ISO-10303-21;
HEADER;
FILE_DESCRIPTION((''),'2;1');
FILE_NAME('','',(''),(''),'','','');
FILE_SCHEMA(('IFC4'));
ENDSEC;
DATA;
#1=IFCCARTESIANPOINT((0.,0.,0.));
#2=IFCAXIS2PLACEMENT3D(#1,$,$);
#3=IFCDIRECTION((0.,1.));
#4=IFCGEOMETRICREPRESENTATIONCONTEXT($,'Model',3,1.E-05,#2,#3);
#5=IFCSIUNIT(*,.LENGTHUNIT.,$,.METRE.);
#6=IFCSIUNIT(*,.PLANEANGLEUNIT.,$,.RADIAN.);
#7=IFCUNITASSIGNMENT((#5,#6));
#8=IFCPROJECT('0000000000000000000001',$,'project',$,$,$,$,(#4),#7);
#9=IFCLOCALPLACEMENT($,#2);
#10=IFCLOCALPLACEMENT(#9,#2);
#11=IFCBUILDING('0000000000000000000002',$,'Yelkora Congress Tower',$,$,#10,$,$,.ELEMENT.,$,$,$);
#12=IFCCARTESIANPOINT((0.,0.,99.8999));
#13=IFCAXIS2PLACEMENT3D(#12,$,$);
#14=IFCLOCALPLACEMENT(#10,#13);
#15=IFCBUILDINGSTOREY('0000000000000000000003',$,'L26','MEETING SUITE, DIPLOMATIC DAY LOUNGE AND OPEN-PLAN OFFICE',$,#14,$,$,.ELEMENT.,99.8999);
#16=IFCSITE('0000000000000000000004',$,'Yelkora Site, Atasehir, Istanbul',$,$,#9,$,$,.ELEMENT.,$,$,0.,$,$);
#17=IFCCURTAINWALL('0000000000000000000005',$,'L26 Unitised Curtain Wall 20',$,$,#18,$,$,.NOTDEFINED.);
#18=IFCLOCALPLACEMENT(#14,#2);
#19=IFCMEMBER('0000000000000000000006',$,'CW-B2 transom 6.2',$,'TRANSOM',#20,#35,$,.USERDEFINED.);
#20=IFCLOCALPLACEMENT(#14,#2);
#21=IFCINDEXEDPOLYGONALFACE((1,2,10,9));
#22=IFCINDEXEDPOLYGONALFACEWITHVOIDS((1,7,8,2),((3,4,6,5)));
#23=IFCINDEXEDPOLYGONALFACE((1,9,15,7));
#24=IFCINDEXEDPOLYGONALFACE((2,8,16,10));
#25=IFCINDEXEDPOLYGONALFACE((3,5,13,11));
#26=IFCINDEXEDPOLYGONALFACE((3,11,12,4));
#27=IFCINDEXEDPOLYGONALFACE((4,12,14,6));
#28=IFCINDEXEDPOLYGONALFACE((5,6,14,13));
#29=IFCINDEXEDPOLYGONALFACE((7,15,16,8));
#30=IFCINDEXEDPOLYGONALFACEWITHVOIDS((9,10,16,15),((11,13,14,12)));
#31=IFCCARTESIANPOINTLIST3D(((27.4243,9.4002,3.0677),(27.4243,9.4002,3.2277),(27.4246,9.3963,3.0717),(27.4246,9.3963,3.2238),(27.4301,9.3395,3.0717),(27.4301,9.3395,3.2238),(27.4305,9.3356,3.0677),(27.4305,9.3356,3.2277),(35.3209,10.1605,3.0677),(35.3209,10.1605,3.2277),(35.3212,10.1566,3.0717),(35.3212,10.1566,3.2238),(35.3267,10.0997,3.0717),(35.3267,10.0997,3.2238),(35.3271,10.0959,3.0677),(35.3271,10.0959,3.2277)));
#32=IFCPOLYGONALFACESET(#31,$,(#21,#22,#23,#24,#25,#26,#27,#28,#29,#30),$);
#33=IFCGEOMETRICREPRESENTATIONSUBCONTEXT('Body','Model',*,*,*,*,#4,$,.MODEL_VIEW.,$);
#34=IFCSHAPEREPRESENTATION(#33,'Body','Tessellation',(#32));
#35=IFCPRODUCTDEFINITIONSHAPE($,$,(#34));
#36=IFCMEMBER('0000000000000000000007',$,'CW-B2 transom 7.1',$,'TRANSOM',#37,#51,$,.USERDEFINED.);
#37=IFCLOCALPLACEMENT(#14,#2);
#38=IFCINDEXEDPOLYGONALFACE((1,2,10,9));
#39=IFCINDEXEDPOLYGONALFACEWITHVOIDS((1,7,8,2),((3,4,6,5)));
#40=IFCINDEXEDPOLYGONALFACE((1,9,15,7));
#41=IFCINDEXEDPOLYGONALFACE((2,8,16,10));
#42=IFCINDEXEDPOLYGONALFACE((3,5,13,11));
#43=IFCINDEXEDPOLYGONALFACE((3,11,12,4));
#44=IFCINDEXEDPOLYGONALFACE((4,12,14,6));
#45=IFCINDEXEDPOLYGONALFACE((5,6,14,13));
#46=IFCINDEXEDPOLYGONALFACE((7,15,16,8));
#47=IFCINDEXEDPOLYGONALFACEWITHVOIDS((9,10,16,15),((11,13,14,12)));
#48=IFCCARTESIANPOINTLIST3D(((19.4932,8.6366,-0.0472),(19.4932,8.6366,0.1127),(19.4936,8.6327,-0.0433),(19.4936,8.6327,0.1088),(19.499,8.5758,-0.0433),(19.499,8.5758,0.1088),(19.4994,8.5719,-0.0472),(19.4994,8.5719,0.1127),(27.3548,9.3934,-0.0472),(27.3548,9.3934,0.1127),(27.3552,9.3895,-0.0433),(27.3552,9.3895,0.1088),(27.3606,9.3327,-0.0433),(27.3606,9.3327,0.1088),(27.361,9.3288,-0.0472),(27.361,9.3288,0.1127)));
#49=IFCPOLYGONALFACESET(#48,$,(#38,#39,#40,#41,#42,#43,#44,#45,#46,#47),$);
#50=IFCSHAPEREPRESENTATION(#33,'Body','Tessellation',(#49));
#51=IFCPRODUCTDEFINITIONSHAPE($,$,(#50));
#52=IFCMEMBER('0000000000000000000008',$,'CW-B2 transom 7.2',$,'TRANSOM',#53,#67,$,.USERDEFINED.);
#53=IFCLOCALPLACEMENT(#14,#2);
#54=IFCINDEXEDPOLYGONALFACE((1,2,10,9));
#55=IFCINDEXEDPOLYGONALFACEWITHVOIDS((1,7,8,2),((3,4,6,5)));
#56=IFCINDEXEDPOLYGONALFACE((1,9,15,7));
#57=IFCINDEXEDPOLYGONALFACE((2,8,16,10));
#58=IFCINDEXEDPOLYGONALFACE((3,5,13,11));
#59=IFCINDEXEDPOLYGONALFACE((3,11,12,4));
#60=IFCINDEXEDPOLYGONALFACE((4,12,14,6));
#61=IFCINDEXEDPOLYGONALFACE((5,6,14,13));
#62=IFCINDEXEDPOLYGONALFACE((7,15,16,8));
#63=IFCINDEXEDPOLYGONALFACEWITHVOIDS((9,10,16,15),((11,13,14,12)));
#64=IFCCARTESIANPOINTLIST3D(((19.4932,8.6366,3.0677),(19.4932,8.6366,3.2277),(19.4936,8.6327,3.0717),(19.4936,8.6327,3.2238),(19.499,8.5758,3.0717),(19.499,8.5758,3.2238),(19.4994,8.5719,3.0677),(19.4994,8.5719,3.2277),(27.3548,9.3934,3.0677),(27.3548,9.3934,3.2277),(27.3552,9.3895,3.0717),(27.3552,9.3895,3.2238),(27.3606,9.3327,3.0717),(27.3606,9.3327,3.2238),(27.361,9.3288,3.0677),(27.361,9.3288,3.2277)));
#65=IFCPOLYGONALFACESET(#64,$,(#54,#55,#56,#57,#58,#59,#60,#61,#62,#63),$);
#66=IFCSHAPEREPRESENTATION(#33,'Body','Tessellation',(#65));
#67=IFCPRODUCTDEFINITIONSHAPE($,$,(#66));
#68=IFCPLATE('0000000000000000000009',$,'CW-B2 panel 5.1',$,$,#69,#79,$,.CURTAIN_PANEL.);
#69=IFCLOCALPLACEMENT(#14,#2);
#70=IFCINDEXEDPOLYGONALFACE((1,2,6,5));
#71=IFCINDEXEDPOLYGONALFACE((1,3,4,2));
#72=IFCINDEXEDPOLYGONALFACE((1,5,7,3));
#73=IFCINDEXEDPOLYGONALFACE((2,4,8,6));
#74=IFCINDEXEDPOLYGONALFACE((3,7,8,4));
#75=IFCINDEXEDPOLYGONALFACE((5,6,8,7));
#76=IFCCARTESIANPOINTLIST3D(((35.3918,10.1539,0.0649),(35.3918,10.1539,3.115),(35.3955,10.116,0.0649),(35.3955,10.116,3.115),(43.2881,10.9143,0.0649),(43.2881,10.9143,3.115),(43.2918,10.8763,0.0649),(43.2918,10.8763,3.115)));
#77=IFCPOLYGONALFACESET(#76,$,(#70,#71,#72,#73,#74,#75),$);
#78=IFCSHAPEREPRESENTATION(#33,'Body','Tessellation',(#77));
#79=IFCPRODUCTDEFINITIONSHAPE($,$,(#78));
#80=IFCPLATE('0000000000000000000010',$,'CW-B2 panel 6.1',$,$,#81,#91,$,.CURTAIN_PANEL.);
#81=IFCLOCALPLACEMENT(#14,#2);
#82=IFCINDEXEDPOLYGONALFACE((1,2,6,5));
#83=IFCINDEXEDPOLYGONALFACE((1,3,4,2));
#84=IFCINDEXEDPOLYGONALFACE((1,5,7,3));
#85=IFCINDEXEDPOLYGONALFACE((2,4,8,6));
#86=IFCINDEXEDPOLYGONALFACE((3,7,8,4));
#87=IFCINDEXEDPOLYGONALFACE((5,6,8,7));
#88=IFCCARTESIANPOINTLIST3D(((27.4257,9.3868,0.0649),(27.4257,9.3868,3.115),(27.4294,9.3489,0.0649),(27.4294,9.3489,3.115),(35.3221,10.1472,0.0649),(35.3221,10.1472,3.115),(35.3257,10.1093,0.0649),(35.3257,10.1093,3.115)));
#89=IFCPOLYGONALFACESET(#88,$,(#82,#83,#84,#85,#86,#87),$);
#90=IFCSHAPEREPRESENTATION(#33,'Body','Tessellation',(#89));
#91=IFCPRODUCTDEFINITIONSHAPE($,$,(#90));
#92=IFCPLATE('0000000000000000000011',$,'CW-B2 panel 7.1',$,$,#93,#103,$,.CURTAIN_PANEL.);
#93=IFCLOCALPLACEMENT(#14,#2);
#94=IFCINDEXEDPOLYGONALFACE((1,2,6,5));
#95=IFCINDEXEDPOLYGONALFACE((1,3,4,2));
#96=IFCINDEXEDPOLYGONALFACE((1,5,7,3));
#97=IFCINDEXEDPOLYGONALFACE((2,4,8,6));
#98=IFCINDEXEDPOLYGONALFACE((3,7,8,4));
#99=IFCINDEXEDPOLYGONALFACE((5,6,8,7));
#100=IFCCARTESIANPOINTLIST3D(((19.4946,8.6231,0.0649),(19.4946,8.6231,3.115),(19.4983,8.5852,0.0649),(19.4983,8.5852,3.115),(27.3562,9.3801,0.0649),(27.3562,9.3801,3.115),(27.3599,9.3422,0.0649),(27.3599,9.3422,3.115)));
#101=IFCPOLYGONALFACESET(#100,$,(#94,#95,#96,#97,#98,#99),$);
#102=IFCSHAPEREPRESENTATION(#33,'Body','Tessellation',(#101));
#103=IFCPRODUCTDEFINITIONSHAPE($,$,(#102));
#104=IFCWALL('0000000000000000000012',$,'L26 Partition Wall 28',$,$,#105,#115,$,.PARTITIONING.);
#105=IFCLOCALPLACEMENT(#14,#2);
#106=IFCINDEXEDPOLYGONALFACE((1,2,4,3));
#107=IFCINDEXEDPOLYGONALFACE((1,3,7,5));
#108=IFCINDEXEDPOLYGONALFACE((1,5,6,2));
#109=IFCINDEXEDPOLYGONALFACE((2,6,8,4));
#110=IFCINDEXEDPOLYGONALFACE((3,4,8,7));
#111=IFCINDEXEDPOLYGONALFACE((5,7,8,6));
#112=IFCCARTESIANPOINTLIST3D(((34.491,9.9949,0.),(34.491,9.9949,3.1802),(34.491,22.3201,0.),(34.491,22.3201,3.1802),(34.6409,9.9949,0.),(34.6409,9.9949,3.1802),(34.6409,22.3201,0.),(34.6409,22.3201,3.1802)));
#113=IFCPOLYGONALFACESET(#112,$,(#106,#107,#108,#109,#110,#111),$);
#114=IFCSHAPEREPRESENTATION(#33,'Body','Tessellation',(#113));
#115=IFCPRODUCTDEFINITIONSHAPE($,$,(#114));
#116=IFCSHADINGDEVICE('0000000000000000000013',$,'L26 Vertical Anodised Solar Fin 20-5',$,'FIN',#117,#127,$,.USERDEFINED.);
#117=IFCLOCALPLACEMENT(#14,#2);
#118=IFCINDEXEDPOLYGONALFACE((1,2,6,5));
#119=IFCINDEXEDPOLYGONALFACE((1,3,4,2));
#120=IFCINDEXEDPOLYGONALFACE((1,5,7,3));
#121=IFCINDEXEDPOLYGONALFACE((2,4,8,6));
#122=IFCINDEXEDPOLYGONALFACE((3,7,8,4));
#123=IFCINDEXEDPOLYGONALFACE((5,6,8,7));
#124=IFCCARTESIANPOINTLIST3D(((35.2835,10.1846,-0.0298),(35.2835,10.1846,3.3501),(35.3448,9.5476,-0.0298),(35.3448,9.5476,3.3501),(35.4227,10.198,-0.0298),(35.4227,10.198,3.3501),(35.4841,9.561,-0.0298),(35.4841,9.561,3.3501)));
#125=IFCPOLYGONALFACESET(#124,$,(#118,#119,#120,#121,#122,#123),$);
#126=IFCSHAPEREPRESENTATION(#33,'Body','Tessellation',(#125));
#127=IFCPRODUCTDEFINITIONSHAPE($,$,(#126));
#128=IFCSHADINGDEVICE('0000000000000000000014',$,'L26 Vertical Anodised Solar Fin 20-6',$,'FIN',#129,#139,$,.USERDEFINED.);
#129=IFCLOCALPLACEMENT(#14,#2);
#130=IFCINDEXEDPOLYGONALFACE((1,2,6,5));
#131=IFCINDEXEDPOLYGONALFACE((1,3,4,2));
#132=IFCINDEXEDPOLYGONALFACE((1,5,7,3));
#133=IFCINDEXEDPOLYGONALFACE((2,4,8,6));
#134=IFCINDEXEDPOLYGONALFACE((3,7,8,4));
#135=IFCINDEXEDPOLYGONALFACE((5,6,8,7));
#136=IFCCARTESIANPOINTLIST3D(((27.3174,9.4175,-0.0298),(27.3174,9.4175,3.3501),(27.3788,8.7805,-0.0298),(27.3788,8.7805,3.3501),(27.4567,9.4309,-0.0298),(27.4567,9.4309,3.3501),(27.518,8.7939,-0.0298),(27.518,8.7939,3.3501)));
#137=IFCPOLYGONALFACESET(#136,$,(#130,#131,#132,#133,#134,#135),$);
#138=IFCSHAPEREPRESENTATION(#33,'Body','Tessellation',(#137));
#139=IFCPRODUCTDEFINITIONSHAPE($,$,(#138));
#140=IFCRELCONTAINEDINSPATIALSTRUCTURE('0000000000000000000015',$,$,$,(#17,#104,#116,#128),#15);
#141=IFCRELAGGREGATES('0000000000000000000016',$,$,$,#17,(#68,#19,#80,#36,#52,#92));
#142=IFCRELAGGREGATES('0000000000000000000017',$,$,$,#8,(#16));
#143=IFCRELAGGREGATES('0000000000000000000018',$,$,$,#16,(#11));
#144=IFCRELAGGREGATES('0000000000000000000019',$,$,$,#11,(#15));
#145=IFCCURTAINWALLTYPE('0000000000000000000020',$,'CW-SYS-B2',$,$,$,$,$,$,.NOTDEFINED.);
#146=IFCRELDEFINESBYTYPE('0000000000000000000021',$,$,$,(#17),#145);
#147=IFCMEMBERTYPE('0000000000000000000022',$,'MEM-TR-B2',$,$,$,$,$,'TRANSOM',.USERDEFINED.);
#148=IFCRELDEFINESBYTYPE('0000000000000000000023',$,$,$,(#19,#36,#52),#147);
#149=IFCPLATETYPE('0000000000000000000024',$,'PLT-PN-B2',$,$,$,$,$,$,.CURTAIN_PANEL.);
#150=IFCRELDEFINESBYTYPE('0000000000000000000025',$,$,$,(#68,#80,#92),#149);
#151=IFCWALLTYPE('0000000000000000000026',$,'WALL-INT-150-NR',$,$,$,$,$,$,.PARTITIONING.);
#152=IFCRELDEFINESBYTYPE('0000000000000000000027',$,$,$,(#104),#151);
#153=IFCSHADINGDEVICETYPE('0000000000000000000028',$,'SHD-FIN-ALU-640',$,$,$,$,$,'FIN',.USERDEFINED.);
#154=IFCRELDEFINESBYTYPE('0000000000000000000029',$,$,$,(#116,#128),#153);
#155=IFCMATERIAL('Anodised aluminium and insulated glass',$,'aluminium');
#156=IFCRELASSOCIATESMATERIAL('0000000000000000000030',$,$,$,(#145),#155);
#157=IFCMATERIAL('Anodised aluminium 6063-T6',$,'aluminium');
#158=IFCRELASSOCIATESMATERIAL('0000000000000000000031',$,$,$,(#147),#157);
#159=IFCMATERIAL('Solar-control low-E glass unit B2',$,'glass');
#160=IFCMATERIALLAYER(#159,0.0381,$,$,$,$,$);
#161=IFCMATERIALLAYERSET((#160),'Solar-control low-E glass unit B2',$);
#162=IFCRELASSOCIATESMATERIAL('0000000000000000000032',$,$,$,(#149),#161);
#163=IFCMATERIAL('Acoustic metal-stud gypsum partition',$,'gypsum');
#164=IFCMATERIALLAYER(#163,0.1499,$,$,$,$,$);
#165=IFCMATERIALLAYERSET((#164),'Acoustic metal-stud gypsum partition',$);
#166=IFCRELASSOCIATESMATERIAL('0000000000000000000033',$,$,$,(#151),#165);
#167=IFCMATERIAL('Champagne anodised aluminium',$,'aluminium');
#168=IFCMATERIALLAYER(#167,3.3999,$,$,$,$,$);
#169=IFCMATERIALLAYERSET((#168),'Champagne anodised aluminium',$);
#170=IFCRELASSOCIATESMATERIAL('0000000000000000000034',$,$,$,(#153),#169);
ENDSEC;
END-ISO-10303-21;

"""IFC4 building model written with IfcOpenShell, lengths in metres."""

from ifc_helpers import new_model, si_unit, direction, frame, frame_2d, origin, origin_2d, place, context, subcontext, project, spatial, rectangle, hollow_rectangle, extrude, material, layer, layer_set, material_profile, profile_set, type_object, element, aggregate, save


model = new_model("IFC4")

# Units and contexts
model_context = context("Model", 3, precision=1e-05, world=origin(), true_north=direction((0.0, 1.0)))
body_context = subcontext(model_context, "Body", "Model", "MODEL_VIEW")
ifc_project = project(units=[si_unit("LENGTHUNIT", "METRE"), si_unit("PLANEANGLEUNIT", "RADIAN")], contexts=[model_context])

# Site, building, storey
site_placement = place(None, origin())
site = spatial("IfcSite", under=ifc_project, at=site_placement, Name="Yelkora Site, Atasehir, Istanbul", CompositionType="ELEMENT", RefElevation=0.0)
building_placement = place(site_placement, origin())
building = spatial("IfcBuilding", under=site, at=building_placement, Name="Yelkora Congress Tower", CompositionType="ELEMENT")
storey_placement = place(building_placement, frame((0.0, 0.0, 99.8999)))
storey = spatial("IfcBuildingStorey", under=building, at=storey_placement, Name="L26", Description="MEETING SUITE, DIPLOMATIC DAY LOUNGE AND OPEN-PLAN OFFICE", CompositionType="ELEMENT", Elevation=99.8999)

# Curtain wall, members, plates
ifc_material_1 = material(Name="Anodised aluminium and insulated glass", Category="aluminium")
curtain_wall_type = type_object("IfcCurtainWallType", Name="CW-SYS-B2", PredefinedType="NOTDEFINED", material=ifc_material_1)
curtain_wall_placement = place(storey_placement, origin())
curtain_wall = element("IfcCurtainWall", 1, at=curtain_wall_placement, inside=storey, type_object=curtain_wall_type, Name="L26 Unitised Curtain Wall 20", PredefinedType="NOTDEFINED")
ifc_material_2 = material(Name="Anodised aluminium 6063-T6", Category="aluminium")
ifc_material_profile_1 = material_profile(ifc_material_2, hollow_rectangle(XDim=0.0649, YDim=0.1599, WallThickness=0.0039, at=origin_2d()), Name="ALU 65x160x4")
ifc_profile_set_1 = profile_set([ifc_material_profile_1], Name="Anodised aluminium 6063-T6")
member_type_1 = type_object("IfcMemberType", Name="MEM-TR-B2", ElementType="TRANSOM", PredefinedType="USERDEFINED", material=ifc_profile_set_1)
member_1_placement = place(storey_placement, frame((35.324, 10.1282, 3.1477), z_axis=(-0.995397, -0.095834, 0.0), x_axis=(0.095834, -0.995397, 0.0)))
member_1 = element("IfcMember", 2, at=member_1_placement, type_object=member_type_1, Name="CW-B2 transom 6.2", ObjectType="TRANSOM", PredefinedType="USERDEFINED", context=body_context, shape_type="SweptSolid", body=[
    extrude(hollow_rectangle(XDim=0.0649, YDim=0.1599, WallThickness=0.0039, at=origin_2d()), origin(), (0.0, 0.0, 1.0), 7.9331),
])
member_2_placement = place(storey_placement, frame((27.3579, 9.3611, 0.0327), z_axis=(-0.995398, -0.095827, 0.0), x_axis=(0.095827, -0.995398, 0.0)))
member_2 = element("IfcMember", 3, at=member_2_placement, type_object=member_type_1, Name="CW-B2 transom 7.1", ObjectType="TRANSOM", PredefinedType="USERDEFINED", context=body_context, shape_type="SweptSolid", body=[
    extrude(hollow_rectangle(XDim=0.0649, YDim=0.1599, WallThickness=0.0039, at=origin_2d()), origin(), (0.0, 0.0, 1.0), 7.8979),
])
member_3_placement = place(storey_placement, frame((27.3579, 9.3611, 3.1477), z_axis=(-0.995398, -0.095827, 0.0), x_axis=(0.095827, -0.995398, 0.0)))
member_3 = element("IfcMember", 4, at=member_3_placement, type_object=member_type_1, Name="CW-B2 transom 7.2", ObjectType="TRANSOM", PredefinedType="USERDEFINED", context=body_context, shape_type="SweptSolid", body=[
    extrude(hollow_rectangle(XDim=0.0649, YDim=0.1599, WallThickness=0.0039, at=origin_2d()), origin(), (0.0, 0.0, 1.0), 7.8979),
])
ifc_material_3 = material(Name="Solar-control low-E glass unit B2", Category="glass")
ifc_layer_1 = layer(ifc_material_3, 0.0381)
ifc_layer_set_1 = layer_set([ifc_layer_1], Name="Solar-control low-E glass unit B2")
plate_type = type_object("IfcPlateType", Name="PLT-PN-B2", PredefinedType="CURTAIN_PANEL", material=ifc_layer_set_1)
plate_1_placement = place(storey_placement, frame((39.3418, 10.5151, 0.0649), z_axis=(0.0, 0.0, 1.0), x_axis=(-0.995396, -0.095844, 0.0)))
plate_1 = element("IfcPlate", 5, at=plate_1_placement, type_object=plate_type, Name="CW-B2 panel 5.1", PredefinedType="CURTAIN_PANEL", context=body_context, shape_type="SweptSolid", body=[
    extrude(rectangle(XDim=7.9329, YDim=0.0381, at=origin_2d()), origin(), (0.0, 0.0, 1.0), 3.05),
])
plate_2_placement = place(storey_placement, frame((31.3757, 9.748, 0.0649), z_axis=(0.0, 0.0, 1.0), x_axis=(-0.995396, -0.095844, 0.0)))
plate_2 = element("IfcPlate", 6, at=plate_2_placement, type_object=plate_type, Name="CW-B2 panel 6.1", PredefinedType="CURTAIN_PANEL", context=body_context, shape_type="SweptSolid", body=[
    extrude(rectangle(XDim=7.9329, YDim=0.0381, at=origin_2d()), origin(), (0.0, 0.0, 1.0), 3.05),
])
plate_3_placement = place(storey_placement, frame((23.4272, 8.9827, 0.0649), z_axis=(0.0, 0.0, 1.0), x_axis=(-0.995396, -0.095844, 0.0)))
plate_3 = element("IfcPlate", 7, at=plate_3_placement, type_object=plate_type, Name="CW-B2 panel 7.1", PredefinedType="CURTAIN_PANEL", context=body_context, shape_type="SweptSolid", body=[
    extrude(rectangle(XDim=7.8979, YDim=0.0381, at=origin_2d()), origin(), (0.0, 0.0, 1.0), 3.05),
])
aggregate(curtain_wall, [plate_1, member_1, plate_2, member_2, member_3, plate_3])

# Wall
ifc_material_4 = material(Name="Acoustic metal-stud gypsum partition", Category="gypsum")
ifc_layer_2 = layer(ifc_material_4, 0.1499)
ifc_layer_set_2 = layer_set([ifc_layer_2], Name="Acoustic metal-stud gypsum partition")
wall_type = type_object("IfcWallType", Name="WALL-INT-150-NR", PredefinedType="PARTITIONING", material=ifc_layer_set_2)
wall_placement = place(storey_placement, frame((34.5659, 9.9949, 0.0), z_axis=(0.0, 0.0, 1.0), x_axis=(0.0, 1.0, 0.0)))
element("IfcWall", 8, at=wall_placement, inside=storey, type_object=wall_type, Name="L26 Partition Wall 28", PredefinedType="PARTITIONING", context=body_context, shape_type="SweptSolid", body=[
    extrude(rectangle(XDim=12.3252, YDim=0.1499, at=frame_2d((6.1626, 0.0))), origin(), (0.0, 0.0, 1.0), 3.1802),
])

# Shading devices
ifc_material_5 = material(Name="Champagne anodised aluminium", Category="aluminium")
ifc_layer_3 = layer(ifc_material_5, 3.3999)
ifc_layer_set_3 = layer_set([ifc_layer_3], Name="Champagne anodised aluminium")
shading_device_type = type_object("IfcShadingDeviceType", Name="SHD-FIN-ALU-640", ElementType="FIN", PredefinedType="USERDEFINED", material=ifc_layer_set_3)
for number, where, z_axis, x_axis, name in (
    (9, (35.3838, 9.8728, -0.0298), (0.0, 0.0, 1.0), (-0.995396, -0.095846, 0.0), "L26 Vertical Anodised Solar Fin 20-5"),
    (10, (27.4177, 9.1057, -0.0298), (0.0, 0.0, 1.0), (-0.995396, -0.095846, 0.0), "L26 Vertical Anodised Solar Fin 20-6"),
):
    element("IfcShadingDevice", number, at=place(storey_placement, frame(where, z_axis=z_axis, x_axis=x_axis)), inside=storey, type_object=shading_device_type, Name=name, ObjectType="FIN", PredefinedType="USERDEFINED", context=body_context, shape_type="SweptSolid", body=[
        extrude(rectangle(XDim=0.1399, YDim=0.6399, at=origin_2d()), origin(), (0.0, 0.0, 1.0), 3.3799),
    ])

save(model, "model.ifc")
